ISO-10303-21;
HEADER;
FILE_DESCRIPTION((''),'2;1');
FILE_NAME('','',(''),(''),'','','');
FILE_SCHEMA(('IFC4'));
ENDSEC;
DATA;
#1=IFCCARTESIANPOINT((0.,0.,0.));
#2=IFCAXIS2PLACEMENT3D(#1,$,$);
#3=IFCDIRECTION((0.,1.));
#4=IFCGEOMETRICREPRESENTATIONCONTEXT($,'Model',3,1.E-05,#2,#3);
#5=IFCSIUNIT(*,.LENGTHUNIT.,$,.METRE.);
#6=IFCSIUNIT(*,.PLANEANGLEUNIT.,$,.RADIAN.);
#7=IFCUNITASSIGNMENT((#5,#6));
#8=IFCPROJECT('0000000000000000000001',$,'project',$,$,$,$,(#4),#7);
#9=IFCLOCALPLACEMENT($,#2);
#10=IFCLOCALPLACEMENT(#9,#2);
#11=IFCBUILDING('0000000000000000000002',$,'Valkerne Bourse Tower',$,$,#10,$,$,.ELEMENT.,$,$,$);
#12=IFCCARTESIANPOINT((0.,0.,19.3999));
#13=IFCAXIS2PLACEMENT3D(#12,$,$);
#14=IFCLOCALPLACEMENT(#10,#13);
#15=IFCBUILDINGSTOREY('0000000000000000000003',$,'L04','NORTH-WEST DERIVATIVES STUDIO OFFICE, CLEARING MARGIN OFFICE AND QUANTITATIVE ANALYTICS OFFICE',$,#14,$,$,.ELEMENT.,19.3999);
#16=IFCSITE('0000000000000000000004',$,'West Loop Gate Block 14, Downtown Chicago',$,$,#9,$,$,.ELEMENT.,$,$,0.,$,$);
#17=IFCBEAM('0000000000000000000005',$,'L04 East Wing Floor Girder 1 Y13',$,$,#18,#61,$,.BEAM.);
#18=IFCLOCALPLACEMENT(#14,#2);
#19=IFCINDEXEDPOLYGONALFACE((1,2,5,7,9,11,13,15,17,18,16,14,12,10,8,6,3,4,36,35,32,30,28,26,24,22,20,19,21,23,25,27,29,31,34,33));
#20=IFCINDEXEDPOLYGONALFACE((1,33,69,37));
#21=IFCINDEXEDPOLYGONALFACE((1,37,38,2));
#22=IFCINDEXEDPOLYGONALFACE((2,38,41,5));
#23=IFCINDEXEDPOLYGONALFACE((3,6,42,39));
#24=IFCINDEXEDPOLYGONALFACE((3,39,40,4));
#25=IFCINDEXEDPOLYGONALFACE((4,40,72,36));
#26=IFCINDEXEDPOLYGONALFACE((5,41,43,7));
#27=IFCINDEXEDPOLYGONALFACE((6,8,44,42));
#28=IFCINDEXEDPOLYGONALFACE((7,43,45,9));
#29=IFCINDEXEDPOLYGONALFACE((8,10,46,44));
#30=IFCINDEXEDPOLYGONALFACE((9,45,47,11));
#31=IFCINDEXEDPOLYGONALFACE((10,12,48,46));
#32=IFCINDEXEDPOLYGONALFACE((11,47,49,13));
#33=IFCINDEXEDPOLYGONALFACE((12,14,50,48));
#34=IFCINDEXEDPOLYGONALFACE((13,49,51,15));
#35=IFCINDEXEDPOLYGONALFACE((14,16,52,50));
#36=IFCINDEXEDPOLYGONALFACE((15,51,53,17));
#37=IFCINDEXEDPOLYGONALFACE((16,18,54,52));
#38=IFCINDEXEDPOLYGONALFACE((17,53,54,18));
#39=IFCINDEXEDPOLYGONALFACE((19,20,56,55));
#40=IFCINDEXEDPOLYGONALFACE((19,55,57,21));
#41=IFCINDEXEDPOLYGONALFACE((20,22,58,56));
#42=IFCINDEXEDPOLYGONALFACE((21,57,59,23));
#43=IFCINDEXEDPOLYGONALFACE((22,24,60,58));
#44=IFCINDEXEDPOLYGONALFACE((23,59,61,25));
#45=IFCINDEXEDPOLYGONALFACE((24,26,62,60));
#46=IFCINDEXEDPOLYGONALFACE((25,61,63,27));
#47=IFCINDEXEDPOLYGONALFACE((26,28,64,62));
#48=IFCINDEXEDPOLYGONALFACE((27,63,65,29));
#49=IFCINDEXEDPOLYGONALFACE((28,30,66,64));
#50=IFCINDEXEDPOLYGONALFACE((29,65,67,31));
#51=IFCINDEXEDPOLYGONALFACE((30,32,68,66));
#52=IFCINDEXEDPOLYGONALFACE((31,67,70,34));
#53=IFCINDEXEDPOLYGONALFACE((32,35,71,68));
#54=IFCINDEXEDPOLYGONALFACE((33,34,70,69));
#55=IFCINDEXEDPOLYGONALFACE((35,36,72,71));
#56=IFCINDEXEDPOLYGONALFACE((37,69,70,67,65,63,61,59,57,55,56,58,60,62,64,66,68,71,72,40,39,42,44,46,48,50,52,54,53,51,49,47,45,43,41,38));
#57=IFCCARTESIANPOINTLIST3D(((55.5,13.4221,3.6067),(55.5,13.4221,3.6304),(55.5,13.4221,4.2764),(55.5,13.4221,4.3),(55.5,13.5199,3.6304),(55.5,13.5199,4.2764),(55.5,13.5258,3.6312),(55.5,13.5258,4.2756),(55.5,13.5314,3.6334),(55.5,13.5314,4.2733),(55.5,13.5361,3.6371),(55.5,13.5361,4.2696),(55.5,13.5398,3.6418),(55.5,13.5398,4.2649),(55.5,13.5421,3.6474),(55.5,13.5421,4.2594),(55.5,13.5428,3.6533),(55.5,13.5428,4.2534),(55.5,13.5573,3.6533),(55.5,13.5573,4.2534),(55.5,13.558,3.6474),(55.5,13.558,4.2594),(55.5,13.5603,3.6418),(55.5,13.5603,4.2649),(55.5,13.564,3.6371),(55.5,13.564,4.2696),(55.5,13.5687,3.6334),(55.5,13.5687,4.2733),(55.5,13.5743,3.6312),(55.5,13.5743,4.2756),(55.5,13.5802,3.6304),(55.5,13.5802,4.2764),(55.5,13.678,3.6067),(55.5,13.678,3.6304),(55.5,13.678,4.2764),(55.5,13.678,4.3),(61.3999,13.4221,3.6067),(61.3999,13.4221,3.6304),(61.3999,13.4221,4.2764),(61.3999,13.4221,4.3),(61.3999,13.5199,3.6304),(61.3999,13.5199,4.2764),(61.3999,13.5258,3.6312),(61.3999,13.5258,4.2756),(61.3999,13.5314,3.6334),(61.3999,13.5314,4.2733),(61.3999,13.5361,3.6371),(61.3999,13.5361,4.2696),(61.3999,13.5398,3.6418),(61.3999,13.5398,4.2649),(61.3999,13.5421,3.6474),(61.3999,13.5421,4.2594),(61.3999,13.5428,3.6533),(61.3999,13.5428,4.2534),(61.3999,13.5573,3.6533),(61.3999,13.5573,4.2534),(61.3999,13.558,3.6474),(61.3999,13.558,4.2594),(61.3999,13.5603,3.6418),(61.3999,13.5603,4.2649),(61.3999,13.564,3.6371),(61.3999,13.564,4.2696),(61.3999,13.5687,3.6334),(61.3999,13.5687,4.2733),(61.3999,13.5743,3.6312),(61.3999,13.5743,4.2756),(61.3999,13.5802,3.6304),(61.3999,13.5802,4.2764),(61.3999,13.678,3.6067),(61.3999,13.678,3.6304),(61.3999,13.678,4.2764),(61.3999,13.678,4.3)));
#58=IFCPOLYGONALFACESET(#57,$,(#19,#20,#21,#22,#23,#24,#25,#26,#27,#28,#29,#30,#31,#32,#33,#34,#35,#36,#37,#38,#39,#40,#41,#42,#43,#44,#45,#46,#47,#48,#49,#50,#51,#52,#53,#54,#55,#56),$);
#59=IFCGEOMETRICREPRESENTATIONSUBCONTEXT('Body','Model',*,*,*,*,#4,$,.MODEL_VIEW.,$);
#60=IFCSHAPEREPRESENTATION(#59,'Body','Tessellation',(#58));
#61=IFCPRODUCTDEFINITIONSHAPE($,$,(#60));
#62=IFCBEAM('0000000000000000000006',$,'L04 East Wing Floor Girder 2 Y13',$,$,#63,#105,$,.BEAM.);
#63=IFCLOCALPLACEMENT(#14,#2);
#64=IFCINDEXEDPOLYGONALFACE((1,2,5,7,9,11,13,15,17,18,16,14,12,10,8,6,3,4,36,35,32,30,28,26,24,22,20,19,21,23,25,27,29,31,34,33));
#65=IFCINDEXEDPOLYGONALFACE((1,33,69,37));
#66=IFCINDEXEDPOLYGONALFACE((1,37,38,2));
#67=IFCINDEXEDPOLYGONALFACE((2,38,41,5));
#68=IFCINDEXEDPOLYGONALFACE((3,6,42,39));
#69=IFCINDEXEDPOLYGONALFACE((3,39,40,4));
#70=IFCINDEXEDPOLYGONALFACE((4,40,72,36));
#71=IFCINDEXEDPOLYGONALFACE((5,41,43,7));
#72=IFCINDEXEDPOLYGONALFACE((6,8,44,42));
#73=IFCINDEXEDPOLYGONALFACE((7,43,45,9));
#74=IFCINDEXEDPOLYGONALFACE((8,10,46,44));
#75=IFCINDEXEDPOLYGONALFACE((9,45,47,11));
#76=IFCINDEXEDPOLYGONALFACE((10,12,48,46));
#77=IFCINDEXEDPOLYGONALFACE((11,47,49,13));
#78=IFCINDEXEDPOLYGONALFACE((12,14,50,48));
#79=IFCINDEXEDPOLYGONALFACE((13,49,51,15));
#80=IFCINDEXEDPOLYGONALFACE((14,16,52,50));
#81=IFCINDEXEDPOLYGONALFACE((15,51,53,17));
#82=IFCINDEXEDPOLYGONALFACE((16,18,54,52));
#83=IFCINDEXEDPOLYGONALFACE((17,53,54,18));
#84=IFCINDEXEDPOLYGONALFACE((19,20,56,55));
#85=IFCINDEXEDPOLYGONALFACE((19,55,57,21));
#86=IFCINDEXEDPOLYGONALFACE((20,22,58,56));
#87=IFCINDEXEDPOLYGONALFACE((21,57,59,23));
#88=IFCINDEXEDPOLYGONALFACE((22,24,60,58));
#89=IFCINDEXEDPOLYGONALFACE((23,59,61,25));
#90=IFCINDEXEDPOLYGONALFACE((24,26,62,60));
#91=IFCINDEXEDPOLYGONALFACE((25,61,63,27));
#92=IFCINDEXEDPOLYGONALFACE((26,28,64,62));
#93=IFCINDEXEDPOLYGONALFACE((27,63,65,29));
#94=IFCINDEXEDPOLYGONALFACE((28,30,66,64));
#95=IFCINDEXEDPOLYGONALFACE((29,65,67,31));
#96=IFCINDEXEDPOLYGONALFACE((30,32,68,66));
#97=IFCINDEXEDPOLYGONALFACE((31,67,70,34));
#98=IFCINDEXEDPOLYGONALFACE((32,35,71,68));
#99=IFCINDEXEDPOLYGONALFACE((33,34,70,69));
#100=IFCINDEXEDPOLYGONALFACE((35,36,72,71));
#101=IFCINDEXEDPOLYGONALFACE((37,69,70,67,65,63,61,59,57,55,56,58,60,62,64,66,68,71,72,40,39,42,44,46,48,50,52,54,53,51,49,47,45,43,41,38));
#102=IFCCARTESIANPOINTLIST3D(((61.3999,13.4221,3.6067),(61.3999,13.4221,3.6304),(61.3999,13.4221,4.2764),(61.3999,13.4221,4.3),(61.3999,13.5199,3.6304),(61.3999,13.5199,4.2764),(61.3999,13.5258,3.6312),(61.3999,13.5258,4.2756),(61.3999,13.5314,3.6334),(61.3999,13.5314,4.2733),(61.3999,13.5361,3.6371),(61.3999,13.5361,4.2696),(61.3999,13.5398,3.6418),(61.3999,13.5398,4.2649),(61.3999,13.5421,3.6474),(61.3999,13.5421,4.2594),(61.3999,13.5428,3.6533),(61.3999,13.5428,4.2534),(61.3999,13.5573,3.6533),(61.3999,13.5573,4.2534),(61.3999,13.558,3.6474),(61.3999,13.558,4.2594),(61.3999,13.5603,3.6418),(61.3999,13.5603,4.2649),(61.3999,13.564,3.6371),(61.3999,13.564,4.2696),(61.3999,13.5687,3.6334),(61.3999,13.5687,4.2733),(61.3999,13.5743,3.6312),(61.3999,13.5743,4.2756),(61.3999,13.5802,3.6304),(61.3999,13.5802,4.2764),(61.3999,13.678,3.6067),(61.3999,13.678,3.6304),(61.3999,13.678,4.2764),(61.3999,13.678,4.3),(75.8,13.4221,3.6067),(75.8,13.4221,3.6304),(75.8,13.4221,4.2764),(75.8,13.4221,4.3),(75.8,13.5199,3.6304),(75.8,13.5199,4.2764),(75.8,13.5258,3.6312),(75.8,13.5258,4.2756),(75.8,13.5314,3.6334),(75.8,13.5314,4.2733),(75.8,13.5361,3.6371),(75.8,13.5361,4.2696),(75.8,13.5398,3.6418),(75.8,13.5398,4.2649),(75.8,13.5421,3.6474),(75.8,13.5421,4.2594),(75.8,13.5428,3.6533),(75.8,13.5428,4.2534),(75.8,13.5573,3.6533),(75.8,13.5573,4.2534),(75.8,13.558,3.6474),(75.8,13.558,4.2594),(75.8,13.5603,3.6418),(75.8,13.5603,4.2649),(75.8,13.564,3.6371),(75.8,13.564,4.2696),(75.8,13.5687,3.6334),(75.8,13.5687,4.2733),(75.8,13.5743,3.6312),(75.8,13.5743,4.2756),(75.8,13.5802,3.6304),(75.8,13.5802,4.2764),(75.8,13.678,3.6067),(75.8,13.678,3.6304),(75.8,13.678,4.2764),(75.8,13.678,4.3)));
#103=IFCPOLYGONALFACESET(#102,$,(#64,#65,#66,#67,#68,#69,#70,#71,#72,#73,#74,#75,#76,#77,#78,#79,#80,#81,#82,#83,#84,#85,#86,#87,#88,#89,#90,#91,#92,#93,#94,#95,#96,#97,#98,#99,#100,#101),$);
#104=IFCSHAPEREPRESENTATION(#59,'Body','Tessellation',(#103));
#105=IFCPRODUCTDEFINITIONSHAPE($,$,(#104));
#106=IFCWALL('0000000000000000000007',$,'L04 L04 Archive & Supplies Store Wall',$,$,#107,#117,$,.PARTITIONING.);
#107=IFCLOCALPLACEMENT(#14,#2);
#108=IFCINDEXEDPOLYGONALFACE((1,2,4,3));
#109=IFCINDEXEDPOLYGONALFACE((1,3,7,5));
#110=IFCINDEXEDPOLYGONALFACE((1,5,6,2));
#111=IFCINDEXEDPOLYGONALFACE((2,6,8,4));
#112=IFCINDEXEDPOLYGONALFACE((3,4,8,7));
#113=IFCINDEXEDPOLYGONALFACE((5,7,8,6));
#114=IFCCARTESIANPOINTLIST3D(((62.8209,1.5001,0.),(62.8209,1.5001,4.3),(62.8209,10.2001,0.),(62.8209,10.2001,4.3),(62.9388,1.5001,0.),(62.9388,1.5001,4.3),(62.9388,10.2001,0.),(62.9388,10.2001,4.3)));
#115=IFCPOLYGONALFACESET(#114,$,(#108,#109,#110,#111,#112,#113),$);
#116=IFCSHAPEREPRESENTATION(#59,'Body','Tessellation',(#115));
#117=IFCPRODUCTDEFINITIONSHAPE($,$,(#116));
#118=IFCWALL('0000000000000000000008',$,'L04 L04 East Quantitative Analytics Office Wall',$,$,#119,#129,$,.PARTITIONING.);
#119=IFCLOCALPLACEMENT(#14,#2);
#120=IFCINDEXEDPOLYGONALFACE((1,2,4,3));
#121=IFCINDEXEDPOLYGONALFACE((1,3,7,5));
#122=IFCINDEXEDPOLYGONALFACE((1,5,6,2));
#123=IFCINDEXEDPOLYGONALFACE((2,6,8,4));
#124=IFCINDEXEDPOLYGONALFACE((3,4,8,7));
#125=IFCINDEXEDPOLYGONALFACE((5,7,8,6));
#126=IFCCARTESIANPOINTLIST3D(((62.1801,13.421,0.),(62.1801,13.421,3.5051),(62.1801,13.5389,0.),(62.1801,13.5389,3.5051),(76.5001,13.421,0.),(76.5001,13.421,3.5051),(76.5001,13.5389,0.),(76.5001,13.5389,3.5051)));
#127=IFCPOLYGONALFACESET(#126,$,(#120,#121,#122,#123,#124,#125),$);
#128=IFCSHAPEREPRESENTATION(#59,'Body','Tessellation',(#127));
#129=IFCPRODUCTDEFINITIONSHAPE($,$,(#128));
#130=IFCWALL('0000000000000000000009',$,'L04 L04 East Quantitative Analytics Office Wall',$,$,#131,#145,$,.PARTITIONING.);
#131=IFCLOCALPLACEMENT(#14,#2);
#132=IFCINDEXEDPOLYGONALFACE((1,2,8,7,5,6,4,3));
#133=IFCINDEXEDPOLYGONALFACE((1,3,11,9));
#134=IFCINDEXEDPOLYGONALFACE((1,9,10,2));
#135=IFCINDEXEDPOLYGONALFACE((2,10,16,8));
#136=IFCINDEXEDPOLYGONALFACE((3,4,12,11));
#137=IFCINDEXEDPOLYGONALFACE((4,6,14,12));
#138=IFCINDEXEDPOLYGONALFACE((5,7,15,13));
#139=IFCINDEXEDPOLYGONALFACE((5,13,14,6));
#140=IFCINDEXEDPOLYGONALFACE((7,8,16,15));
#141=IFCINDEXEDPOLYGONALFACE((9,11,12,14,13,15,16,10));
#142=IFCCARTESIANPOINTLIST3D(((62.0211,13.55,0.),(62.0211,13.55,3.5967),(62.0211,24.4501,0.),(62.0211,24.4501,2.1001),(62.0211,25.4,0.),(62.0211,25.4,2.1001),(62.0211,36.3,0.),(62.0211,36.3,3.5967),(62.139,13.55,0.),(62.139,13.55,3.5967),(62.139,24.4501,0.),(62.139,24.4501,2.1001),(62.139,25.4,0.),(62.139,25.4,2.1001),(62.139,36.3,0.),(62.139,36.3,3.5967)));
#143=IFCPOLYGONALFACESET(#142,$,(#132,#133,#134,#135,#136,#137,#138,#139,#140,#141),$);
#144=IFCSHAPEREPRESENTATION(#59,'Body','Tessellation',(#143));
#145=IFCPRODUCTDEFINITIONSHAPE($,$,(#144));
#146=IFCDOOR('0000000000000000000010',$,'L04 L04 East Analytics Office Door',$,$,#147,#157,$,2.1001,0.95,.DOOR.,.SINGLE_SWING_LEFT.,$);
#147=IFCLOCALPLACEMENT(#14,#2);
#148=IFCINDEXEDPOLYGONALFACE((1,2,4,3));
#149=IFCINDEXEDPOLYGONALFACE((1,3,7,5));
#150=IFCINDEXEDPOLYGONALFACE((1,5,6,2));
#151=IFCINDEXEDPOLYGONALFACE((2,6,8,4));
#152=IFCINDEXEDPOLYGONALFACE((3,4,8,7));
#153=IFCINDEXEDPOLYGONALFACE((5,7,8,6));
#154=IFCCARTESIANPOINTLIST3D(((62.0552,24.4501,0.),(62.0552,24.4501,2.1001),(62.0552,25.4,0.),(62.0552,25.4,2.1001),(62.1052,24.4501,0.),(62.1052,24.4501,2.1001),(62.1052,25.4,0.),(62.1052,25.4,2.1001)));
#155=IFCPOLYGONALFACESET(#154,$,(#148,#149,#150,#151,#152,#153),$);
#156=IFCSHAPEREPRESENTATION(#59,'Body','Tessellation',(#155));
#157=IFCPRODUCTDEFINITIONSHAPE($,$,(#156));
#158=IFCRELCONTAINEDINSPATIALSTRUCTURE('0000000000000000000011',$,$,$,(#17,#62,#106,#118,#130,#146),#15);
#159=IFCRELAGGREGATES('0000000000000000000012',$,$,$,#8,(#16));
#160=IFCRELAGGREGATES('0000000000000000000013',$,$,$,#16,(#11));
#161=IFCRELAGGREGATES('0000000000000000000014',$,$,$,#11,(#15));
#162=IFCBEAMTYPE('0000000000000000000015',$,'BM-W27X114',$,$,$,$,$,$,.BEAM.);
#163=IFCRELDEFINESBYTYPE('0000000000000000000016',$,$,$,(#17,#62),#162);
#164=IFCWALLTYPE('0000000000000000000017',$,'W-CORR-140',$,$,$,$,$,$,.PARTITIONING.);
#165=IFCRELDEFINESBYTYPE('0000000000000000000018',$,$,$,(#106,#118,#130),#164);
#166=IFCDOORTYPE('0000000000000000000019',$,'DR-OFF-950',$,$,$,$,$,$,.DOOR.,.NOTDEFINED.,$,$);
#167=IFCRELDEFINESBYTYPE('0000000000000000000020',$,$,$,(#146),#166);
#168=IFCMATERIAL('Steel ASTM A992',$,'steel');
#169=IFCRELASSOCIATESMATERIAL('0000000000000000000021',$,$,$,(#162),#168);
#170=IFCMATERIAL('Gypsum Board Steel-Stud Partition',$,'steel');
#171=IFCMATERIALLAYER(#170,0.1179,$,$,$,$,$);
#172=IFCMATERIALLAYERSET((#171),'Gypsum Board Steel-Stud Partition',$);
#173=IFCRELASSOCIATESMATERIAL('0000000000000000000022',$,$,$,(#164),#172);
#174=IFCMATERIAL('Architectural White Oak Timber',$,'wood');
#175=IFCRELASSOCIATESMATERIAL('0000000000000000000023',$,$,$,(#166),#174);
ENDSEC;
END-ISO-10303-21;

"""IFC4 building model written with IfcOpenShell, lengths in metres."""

from ifc_helpers import new_model, si_unit, direction, frame, frame_2d, origin, origin_2d, place, context, subcontext, project, spatial, rectangle, i_section, extrude, material, layer, layer_set, material_profile, profile_set, type_object, element, fill, save


model = new_model("IFC4")

# Units and contexts
model_context = context("Model", 3, precision=1e-05, world=origin(), true_north=direction((0.0, 1.0)))
body_context = subcontext(model_context, "Body", "Model", "MODEL_VIEW")
ifc_project = project(units=[si_unit("LENGTHUNIT", "METRE"), si_unit("PLANEANGLEUNIT", "RADIAN")], contexts=[model_context])

# Site, building, storey
site_placement = place(None, origin())
site = spatial("IfcSite", under=ifc_project, at=site_placement, Name="West Loop Gate Block 14, Downtown Chicago", CompositionType="ELEMENT", RefElevation=0.0)
building_placement = place(site_placement, origin())
building = spatial("IfcBuilding", under=site, at=building_placement, Name="Valkerne Bourse Tower", CompositionType="ELEMENT")
storey_placement = place(building_placement, frame((0.0, 0.0, 19.3999)))
storey = spatial("IfcBuildingStorey", under=building, at=storey_placement, Name="L04", Description="NORTH-WEST DERIVATIVES STUDIO OFFICE, CLEARING MARGIN OFFICE AND QUANTITATIVE ANALYTICS OFFICE", CompositionType="ELEMENT", Elevation=19.3999)

# Beams
ifc_material_1 = material(Name="Steel ASTM A992", Category="steel")
ifc_material_profile_1 = material_profile(ifc_material_1, i_section(OverallWidth=0.2559, OverallDepth=0.6934, WebThickness=0.0144, FlangeThickness=0.0237, FilletRadius=0.0229, at=origin_2d()), Name="W27X114")
ifc_profile_set_1 = profile_set([ifc_material_profile_1], Name="Steel ASTM A992")
beam_type = type_object("IfcBeamType", Name="BM-W27X114", PredefinedType="BEAM", material=ifc_profile_set_1)
beam_1_placement = place(storey_placement, frame((55.5, 13.55, 3.9534), z_axis=(1.0, 0.0, 0.0), x_axis=(0.0, 1.0, 0.0)))
element("IfcBeam", 1, at=beam_1_placement, inside=storey, type_object=beam_type, Name="L04 East Wing Floor Girder 1 Y13", PredefinedType="BEAM", context=body_context, shape_type="SweptSolid", body=[
    extrude(i_section(OverallWidth=0.2559, OverallDepth=0.6934, WebThickness=0.0144, FlangeThickness=0.0237, FilletRadius=0.0229, at=origin_2d()), origin(), (0.0, 0.0, 1.0), 5.8999),
])
beam_2_placement = place(storey_placement, frame((61.3999, 13.55, 3.9534), z_axis=(1.0, 0.0, 0.0), x_axis=(0.0, 1.0, 0.0)))
element("IfcBeam", 2, at=beam_2_placement, inside=storey, type_object=beam_type, Name="L04 East Wing Floor Girder 2 Y13", PredefinedType="BEAM", context=body_context, shape_type="SweptSolid", body=[
    extrude(i_section(OverallWidth=0.2559, OverallDepth=0.6934, WebThickness=0.0144, FlangeThickness=0.0237, FilletRadius=0.0229, at=origin_2d()), origin(), (0.0, 0.0, 1.0), 14.4001),
])

# Walls
ifc_material_2 = material(Name="Gypsum Board Steel-Stud Partition", Category="steel")
ifc_layer = layer(ifc_material_2, 0.1179)
ifc_layer_set = layer_set([ifc_layer], Name="Gypsum Board Steel-Stud Partition")
wall_type = type_object("IfcWallType", Name="W-CORR-140", PredefinedType="PARTITIONING", material=ifc_layer_set)
wall_1_placement = place(storey_placement, frame((62.8799, 1.5, 0.0), z_axis=(0.0, 0.0, 1.0), x_axis=(0.0, 1.0, 0.0)))
element("IfcWall", 3, at=wall_1_placement, inside=storey, type_object=wall_type, Name="L04 L04 Archive & Supplies Store Wall", PredefinedType="PARTITIONING", context=body_context, shape_type="SweptSolid", body=[
    extrude(rectangle(XDim=8.7, YDim=0.1179, at=frame_2d((4.3501, 0.0))), origin(), (0.0, 0.0, 1.0), 4.3),
])
wall_2_placement = place(storey_placement, frame((62.1799, 13.48, 0.0), z_axis=(0.0, 0.0, 1.0), x_axis=(1.0, 0.0, 0.0)))
element("IfcWall", 4, at=wall_2_placement, inside=storey, type_object=wall_type, Name="L04 L04 East Quantitative Analytics Office Wall", PredefinedType="PARTITIONING", context=body_context, shape_type="SweptSolid", body=[
    extrude(rectangle(XDim=14.3201, YDim=0.1179, at=frame_2d((7.1602, 0.0))), origin(), (0.0, 0.0, 1.0), 3.5051),
])

# Wall, opening, door
wall_3_placement = place(storey_placement, frame((62.0801, 13.55, 0.0), z_axis=(0.0, 0.0, 1.0), x_axis=(0.0, 1.0, 0.0)))
wall_3 = element("IfcWall", 5, at=wall_3_placement, inside=storey, type_object=wall_type, Name="L04 L04 East Quantitative Analytics Office Wall", PredefinedType="PARTITIONING", context=body_context, shape_type="SweptSolid", body=[
    extrude(rectangle(XDim=22.75, YDim=0.1179, at=frame_2d((11.375, 0.0))), origin(), (0.0, 0.0, 1.0), 3.5967),
])
opening_placement = place(wall_3_placement, frame((10.8999, 0.0, 0.0)))
opening = element("IfcOpeningElement", 6, at=opening_placement, cuts=wall_3, PredefinedType="OPENING", context=body_context, shape_type="SweptSolid", body=[
    extrude(rectangle(XDim=0.95, YDim=2.1001, at=frame_2d((0.4751, 1.05))), frame((0.0, 0.0688, 0.0), z_axis=(0.0, -1.0, 0.0), x_axis=(1.0, 0.0, 0.0)), (0.0, 0.0, 1.0), 0.1379),
])
ifc_material_3 = material(Name="Architectural White Oak Timber", Category="wood")
door_type = type_object("IfcDoorType", Name="DR-OFF-950", OperationType="NOTDEFINED", PredefinedType="DOOR", material=ifc_material_3)
door_placement = place(opening_placement, origin())
door = element("IfcDoor", 7, at=door_placement, inside=storey, type_object=door_type, Name="L04 L04 East Analytics Office Door", OperationType="SINGLE_SWING_LEFT", OverallHeight=2.1001, OverallWidth=0.95, PredefinedType="DOOR", context=body_context, shape_type="SweptSolid", body=[
    extrude(rectangle(XDim=0.95, YDim=2.1001, at=frame_2d((0.4751, 1.05))), frame((0.0, 0.0249, 0.0), z_axis=(0.0, -1.0, 0.0), x_axis=(1.0, 0.0, 0.0)), (0.0, 0.0, 1.0), 0.05),
])
fill(opening, door)

save(model, "model.ifc")
